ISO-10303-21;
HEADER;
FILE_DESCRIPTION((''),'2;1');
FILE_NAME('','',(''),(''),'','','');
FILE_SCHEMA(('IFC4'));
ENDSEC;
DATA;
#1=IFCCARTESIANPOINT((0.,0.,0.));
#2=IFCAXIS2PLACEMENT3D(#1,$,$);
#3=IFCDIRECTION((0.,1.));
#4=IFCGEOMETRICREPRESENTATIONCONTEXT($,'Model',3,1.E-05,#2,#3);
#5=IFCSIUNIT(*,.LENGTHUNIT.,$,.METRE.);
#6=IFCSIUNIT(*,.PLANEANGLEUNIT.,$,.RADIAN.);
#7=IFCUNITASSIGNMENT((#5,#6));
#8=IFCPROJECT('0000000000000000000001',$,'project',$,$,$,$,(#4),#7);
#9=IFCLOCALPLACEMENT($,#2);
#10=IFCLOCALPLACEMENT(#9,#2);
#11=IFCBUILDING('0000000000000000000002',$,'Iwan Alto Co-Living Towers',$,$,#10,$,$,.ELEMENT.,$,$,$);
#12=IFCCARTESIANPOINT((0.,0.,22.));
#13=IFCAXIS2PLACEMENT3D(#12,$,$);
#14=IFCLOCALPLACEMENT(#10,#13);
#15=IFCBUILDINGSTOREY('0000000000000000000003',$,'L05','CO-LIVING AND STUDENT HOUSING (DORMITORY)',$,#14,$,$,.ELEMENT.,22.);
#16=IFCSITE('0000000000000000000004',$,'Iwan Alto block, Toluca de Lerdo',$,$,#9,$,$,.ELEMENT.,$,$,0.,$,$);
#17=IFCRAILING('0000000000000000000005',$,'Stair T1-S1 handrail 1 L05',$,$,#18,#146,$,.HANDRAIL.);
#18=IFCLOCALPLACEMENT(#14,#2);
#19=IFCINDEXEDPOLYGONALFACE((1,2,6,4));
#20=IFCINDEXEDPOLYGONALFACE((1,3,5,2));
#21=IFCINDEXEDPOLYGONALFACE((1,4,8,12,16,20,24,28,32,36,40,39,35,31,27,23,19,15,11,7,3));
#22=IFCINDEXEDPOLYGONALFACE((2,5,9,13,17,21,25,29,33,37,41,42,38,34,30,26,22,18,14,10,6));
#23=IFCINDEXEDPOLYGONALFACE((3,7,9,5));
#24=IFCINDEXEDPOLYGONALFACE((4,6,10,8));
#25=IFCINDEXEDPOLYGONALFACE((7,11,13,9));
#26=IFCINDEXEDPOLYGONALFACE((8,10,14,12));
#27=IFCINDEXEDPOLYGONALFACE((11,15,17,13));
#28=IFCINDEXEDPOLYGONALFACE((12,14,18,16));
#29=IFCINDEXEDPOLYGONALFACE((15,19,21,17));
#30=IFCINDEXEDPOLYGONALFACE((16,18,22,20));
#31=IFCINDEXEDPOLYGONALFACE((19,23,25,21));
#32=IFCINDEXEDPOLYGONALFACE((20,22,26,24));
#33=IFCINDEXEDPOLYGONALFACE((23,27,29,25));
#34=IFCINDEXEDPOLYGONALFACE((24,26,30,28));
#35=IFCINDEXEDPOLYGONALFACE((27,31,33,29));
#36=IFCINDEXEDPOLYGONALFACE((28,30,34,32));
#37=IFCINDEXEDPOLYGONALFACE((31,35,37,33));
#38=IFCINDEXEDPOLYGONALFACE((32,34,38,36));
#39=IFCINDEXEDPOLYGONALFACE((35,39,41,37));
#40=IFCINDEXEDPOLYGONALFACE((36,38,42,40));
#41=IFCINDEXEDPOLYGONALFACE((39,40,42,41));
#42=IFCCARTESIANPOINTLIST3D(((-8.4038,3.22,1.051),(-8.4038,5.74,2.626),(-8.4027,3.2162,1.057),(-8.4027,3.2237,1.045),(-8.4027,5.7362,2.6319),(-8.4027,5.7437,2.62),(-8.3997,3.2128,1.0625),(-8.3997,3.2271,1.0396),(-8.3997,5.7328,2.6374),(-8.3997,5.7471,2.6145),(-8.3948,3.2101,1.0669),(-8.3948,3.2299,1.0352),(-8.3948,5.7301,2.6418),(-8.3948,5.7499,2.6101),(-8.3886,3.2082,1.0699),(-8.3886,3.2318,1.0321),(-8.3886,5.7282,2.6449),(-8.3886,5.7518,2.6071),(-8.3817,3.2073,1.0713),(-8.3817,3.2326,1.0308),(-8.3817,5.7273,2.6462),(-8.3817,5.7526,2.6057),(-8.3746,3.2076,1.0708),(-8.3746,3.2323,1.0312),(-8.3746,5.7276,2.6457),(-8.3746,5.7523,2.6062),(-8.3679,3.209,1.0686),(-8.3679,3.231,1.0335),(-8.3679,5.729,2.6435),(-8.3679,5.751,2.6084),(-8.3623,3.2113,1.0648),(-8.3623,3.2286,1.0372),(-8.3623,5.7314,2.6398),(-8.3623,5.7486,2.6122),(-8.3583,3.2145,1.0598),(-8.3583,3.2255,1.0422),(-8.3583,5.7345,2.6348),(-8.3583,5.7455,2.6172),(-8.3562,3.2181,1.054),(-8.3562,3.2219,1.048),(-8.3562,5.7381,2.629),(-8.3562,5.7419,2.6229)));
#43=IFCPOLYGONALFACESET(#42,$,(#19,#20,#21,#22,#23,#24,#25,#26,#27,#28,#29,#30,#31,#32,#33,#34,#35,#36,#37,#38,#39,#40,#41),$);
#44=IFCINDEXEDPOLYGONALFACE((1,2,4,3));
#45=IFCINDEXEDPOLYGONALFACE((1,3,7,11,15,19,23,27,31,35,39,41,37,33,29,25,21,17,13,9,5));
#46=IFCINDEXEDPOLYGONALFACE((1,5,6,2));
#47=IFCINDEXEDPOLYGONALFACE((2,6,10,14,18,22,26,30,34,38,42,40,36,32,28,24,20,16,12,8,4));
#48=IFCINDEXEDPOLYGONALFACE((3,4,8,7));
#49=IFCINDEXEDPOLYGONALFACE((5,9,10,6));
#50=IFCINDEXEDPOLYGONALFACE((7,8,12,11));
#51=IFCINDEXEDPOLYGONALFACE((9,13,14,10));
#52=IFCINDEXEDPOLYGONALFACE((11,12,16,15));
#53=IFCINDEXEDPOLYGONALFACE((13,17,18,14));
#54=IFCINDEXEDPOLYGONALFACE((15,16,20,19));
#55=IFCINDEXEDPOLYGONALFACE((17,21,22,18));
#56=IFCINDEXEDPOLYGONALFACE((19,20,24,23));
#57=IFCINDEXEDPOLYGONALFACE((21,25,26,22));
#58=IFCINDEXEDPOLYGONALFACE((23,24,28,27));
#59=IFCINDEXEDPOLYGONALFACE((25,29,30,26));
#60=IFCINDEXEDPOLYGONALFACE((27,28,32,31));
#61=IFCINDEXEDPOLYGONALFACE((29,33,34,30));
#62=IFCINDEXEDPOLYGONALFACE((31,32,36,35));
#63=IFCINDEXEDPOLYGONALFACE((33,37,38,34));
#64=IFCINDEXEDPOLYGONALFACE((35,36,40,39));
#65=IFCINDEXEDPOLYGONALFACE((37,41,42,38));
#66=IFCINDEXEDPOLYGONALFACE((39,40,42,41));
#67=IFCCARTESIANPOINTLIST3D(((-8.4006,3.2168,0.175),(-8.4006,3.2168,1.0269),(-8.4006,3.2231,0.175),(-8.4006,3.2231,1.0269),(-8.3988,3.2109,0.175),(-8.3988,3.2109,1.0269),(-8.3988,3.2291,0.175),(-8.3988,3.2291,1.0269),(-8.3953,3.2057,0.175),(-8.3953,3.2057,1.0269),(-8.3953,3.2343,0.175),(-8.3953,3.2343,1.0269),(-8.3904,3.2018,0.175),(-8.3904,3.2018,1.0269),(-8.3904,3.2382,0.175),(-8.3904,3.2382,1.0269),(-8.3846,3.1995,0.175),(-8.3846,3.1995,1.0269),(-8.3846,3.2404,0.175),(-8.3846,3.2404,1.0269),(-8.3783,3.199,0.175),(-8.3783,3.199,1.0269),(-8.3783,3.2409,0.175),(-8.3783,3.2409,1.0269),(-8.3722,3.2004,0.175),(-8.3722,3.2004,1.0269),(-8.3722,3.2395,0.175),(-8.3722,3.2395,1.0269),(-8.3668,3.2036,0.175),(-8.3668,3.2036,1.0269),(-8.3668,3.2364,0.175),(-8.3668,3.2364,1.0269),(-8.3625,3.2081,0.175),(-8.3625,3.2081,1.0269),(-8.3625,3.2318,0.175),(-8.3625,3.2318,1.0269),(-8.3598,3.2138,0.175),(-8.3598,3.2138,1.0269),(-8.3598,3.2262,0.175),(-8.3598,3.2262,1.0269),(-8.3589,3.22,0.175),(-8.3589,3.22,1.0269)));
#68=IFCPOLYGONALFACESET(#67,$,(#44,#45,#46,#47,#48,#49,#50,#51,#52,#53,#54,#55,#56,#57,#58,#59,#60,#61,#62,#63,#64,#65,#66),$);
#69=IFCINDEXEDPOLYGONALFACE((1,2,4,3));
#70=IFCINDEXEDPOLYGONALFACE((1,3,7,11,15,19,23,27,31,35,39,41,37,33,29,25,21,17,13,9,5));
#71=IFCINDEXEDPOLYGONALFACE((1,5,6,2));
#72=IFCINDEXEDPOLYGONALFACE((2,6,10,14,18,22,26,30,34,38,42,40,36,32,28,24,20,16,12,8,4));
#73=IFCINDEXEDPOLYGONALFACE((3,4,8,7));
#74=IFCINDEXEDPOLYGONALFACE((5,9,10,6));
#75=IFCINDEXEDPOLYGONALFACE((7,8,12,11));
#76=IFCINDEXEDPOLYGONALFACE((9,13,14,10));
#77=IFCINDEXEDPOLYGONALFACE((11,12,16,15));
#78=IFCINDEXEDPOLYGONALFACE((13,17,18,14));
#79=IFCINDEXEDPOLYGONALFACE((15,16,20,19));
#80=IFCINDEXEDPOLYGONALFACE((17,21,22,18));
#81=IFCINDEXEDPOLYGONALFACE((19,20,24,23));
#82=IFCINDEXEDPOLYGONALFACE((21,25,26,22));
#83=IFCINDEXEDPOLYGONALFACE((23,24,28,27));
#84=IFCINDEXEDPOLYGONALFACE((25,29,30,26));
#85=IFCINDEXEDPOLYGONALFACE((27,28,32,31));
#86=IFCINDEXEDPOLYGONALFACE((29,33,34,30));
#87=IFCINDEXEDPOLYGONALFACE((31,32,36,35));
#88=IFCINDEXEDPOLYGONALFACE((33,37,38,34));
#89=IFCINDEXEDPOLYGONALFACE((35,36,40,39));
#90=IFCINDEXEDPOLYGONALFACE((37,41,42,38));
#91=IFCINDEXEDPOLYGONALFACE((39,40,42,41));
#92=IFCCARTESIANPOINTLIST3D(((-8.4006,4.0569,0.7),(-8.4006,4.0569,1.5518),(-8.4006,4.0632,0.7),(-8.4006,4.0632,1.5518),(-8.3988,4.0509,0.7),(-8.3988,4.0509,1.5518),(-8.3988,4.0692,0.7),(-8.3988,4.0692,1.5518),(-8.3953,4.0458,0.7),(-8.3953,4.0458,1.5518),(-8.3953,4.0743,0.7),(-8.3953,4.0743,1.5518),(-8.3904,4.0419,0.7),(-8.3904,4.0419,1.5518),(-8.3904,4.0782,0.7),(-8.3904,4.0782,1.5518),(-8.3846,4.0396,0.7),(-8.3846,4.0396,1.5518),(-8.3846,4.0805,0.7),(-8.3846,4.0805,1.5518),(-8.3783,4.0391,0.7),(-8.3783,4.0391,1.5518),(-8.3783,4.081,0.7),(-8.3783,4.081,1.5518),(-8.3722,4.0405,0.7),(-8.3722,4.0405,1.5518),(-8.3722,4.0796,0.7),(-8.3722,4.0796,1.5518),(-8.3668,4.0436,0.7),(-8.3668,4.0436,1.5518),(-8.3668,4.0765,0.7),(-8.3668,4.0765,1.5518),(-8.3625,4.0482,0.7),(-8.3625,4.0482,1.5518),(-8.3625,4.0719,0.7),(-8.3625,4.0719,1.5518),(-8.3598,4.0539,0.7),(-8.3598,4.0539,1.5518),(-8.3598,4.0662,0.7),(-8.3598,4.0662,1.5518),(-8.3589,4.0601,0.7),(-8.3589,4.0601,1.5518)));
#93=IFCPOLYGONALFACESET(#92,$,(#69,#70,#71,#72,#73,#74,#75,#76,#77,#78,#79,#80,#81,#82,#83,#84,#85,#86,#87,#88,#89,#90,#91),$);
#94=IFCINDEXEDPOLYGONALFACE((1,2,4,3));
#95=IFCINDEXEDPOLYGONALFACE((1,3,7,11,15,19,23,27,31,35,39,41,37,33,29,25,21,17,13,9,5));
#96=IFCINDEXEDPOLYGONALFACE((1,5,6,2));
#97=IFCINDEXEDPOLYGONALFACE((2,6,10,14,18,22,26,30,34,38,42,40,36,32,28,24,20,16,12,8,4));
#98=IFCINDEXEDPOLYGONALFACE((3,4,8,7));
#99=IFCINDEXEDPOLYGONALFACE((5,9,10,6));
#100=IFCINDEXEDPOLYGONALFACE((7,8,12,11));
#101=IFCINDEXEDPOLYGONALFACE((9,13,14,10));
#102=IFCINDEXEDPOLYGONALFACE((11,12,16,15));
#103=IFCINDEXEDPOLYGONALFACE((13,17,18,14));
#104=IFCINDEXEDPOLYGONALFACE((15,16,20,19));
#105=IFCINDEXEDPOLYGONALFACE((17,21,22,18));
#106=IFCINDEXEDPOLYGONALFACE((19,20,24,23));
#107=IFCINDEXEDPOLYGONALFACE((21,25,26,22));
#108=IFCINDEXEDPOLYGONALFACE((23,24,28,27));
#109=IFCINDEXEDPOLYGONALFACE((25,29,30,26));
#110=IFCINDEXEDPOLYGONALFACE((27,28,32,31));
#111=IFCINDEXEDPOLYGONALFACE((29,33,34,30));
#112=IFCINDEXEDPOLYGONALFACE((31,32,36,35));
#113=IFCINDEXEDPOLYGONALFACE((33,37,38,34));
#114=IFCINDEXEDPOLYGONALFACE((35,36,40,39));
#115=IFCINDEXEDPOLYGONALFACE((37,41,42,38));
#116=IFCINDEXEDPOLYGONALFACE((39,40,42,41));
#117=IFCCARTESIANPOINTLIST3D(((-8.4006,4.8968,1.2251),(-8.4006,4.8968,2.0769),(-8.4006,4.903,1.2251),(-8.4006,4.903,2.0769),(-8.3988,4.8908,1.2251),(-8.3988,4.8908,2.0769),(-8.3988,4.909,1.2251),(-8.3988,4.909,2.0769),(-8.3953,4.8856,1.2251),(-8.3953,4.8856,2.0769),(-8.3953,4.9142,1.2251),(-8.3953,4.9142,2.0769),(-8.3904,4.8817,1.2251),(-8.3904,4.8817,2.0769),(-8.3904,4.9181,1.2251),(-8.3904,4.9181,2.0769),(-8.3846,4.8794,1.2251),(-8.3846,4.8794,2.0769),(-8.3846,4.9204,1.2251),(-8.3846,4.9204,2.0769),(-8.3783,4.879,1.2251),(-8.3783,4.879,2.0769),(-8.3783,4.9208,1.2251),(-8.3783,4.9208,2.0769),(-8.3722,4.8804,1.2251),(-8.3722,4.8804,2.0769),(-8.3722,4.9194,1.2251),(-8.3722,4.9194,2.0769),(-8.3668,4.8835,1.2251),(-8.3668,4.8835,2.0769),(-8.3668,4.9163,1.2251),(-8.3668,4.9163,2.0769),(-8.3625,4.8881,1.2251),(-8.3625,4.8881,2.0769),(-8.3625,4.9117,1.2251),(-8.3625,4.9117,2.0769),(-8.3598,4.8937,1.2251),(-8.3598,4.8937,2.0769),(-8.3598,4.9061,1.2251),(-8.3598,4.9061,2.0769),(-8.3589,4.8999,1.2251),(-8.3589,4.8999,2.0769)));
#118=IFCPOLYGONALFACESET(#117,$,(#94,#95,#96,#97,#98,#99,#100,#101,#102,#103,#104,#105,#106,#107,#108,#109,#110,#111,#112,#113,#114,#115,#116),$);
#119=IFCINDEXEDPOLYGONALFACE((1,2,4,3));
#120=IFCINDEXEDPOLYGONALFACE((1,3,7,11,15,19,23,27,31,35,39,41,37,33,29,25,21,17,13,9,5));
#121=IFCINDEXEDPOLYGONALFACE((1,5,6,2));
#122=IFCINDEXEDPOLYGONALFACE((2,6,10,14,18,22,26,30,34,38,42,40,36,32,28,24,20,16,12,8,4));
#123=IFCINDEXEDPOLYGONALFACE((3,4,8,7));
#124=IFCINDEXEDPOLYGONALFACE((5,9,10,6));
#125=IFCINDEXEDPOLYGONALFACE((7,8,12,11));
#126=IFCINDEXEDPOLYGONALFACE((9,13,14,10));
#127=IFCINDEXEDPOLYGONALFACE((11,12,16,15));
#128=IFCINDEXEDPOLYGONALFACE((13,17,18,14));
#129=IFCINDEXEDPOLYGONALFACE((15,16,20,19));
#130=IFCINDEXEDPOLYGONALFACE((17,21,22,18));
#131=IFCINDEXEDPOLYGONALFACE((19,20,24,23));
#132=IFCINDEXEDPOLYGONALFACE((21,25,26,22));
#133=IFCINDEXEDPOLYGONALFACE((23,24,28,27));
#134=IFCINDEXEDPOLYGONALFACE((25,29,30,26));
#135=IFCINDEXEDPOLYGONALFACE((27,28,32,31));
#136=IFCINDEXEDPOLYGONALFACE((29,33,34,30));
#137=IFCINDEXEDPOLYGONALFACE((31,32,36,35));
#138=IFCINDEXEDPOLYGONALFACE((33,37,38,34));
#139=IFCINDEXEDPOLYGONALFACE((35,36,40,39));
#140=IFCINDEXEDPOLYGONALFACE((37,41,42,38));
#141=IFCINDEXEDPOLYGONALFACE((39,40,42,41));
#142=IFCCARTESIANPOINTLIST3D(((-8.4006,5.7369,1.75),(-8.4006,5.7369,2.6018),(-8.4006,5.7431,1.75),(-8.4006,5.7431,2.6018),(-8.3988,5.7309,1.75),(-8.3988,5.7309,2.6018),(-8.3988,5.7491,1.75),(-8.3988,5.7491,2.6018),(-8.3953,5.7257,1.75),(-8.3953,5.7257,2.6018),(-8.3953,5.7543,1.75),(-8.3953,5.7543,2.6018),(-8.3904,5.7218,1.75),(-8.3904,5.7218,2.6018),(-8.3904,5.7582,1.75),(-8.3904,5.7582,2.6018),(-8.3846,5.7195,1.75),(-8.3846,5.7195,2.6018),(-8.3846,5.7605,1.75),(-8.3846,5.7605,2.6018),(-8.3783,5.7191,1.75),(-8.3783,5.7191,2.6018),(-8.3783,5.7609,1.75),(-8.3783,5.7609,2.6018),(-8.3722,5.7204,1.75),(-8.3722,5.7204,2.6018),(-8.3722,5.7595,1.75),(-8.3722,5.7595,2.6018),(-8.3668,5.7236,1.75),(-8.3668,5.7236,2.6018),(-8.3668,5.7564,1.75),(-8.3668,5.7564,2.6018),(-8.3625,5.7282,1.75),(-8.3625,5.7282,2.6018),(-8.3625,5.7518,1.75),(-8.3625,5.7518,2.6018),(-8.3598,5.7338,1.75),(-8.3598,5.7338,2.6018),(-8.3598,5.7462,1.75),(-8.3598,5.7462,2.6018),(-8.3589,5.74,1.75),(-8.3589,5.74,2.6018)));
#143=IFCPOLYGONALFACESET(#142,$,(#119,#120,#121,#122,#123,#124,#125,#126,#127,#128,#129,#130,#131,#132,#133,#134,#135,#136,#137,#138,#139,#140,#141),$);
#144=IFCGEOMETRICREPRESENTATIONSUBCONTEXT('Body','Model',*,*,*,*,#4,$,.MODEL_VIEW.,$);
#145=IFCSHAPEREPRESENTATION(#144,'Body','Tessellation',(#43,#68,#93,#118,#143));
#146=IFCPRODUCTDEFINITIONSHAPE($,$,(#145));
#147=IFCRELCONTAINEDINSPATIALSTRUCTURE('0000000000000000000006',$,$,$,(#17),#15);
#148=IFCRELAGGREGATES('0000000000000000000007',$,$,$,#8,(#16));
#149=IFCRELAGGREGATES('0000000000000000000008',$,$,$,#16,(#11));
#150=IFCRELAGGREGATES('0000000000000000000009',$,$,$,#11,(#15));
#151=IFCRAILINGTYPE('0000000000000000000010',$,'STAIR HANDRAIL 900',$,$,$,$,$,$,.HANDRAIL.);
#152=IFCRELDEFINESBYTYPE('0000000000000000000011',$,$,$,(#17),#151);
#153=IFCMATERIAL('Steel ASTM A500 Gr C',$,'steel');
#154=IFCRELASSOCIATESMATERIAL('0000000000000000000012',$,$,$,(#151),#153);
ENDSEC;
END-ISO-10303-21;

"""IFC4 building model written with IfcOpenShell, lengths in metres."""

from ifc_helpers import new_model, si_unit, direction, frame, origin, origin_2d, place, context, subcontext, project, spatial, circle, extrude, material, type_object, element, save


model = new_model("IFC4")

# Units and contexts
model_context = context("Model", 3, precision=1e-05, world=origin(), true_north=direction((0.0, 1.0)))
body_context = subcontext(model_context, "Body", "Model", "MODEL_VIEW")
ifc_project = project(units=[si_unit("LENGTHUNIT", "METRE"), si_unit("PLANEANGLEUNIT", "RADIAN")], contexts=[model_context])

# Site, building, storey
site_placement = place(None, origin())
site = spatial("IfcSite", under=ifc_project, at=site_placement, Name="Iwan Alto block, Toluca de Lerdo", CompositionType="ELEMENT", RefElevation=0.0)
building_placement = place(site_placement, origin())
building = spatial("IfcBuilding", under=site, at=building_placement, Name="Iwan Alto Co-Living Towers", CompositionType="ELEMENT")
storey_placement = place(building_placement, frame((0.0, 0.0, 22.0)))
storey = spatial("IfcBuildingStorey", under=building, at=storey_placement, Name="L05", Description="CO-LIVING AND STUDENT HOUSING (DORMITORY)", CompositionType="ELEMENT", Elevation=22.0)

# Railing
ifc_material_1 = material(Name="Steel ASTM A500 Gr C", Category="steel")
railing_type_1 = type_object("IfcRailingType", Name="STAIR HANDRAIL 900", PredefinedType="HANDRAIL", material=ifc_material_1)
railing_1_placement = place(storey_placement, frame((-8.3799, 3.22, 0.175)))
element("IfcRailing", 1, at=railing_1_placement, inside=storey, type_object=railing_type_1, Name="Stair T1-S1 handrail 1 L05", PredefinedType="HANDRAIL", context=body_context, shape_type="SweptSolid", body=[
    extrude(circle(Radius=0.0239, at=origin_2d()), frame((0.0, 0.0, 0.876), z_axis=(0.0, 0.848008, 0.529984), x_axis=(-1.0, 0.0, 0.0)), (0.0, 0.0, 1.0), 2.9717),
    extrude(circle(Radius=0.021, at=origin_2d()), origin(), (0.0, 0.0, 1.0), 0.8518),
    extrude(circle(Radius=0.021, at=origin_2d()), frame((0.0, 0.8401, 0.5249)), (0.0, 0.0, 1.0), 0.8518),
    extrude(circle(Radius=0.021, at=origin_2d()), frame((0.0, 1.6799, 1.05)), (0.0, 0.0, 1.0), 0.8518),
    extrude(circle(Radius=0.021, at=origin_2d()), frame((0.0, 2.52, 1.575)), (0.0, 0.0, 1.0), 0.8518),
])

save(model, "model.ifc")
